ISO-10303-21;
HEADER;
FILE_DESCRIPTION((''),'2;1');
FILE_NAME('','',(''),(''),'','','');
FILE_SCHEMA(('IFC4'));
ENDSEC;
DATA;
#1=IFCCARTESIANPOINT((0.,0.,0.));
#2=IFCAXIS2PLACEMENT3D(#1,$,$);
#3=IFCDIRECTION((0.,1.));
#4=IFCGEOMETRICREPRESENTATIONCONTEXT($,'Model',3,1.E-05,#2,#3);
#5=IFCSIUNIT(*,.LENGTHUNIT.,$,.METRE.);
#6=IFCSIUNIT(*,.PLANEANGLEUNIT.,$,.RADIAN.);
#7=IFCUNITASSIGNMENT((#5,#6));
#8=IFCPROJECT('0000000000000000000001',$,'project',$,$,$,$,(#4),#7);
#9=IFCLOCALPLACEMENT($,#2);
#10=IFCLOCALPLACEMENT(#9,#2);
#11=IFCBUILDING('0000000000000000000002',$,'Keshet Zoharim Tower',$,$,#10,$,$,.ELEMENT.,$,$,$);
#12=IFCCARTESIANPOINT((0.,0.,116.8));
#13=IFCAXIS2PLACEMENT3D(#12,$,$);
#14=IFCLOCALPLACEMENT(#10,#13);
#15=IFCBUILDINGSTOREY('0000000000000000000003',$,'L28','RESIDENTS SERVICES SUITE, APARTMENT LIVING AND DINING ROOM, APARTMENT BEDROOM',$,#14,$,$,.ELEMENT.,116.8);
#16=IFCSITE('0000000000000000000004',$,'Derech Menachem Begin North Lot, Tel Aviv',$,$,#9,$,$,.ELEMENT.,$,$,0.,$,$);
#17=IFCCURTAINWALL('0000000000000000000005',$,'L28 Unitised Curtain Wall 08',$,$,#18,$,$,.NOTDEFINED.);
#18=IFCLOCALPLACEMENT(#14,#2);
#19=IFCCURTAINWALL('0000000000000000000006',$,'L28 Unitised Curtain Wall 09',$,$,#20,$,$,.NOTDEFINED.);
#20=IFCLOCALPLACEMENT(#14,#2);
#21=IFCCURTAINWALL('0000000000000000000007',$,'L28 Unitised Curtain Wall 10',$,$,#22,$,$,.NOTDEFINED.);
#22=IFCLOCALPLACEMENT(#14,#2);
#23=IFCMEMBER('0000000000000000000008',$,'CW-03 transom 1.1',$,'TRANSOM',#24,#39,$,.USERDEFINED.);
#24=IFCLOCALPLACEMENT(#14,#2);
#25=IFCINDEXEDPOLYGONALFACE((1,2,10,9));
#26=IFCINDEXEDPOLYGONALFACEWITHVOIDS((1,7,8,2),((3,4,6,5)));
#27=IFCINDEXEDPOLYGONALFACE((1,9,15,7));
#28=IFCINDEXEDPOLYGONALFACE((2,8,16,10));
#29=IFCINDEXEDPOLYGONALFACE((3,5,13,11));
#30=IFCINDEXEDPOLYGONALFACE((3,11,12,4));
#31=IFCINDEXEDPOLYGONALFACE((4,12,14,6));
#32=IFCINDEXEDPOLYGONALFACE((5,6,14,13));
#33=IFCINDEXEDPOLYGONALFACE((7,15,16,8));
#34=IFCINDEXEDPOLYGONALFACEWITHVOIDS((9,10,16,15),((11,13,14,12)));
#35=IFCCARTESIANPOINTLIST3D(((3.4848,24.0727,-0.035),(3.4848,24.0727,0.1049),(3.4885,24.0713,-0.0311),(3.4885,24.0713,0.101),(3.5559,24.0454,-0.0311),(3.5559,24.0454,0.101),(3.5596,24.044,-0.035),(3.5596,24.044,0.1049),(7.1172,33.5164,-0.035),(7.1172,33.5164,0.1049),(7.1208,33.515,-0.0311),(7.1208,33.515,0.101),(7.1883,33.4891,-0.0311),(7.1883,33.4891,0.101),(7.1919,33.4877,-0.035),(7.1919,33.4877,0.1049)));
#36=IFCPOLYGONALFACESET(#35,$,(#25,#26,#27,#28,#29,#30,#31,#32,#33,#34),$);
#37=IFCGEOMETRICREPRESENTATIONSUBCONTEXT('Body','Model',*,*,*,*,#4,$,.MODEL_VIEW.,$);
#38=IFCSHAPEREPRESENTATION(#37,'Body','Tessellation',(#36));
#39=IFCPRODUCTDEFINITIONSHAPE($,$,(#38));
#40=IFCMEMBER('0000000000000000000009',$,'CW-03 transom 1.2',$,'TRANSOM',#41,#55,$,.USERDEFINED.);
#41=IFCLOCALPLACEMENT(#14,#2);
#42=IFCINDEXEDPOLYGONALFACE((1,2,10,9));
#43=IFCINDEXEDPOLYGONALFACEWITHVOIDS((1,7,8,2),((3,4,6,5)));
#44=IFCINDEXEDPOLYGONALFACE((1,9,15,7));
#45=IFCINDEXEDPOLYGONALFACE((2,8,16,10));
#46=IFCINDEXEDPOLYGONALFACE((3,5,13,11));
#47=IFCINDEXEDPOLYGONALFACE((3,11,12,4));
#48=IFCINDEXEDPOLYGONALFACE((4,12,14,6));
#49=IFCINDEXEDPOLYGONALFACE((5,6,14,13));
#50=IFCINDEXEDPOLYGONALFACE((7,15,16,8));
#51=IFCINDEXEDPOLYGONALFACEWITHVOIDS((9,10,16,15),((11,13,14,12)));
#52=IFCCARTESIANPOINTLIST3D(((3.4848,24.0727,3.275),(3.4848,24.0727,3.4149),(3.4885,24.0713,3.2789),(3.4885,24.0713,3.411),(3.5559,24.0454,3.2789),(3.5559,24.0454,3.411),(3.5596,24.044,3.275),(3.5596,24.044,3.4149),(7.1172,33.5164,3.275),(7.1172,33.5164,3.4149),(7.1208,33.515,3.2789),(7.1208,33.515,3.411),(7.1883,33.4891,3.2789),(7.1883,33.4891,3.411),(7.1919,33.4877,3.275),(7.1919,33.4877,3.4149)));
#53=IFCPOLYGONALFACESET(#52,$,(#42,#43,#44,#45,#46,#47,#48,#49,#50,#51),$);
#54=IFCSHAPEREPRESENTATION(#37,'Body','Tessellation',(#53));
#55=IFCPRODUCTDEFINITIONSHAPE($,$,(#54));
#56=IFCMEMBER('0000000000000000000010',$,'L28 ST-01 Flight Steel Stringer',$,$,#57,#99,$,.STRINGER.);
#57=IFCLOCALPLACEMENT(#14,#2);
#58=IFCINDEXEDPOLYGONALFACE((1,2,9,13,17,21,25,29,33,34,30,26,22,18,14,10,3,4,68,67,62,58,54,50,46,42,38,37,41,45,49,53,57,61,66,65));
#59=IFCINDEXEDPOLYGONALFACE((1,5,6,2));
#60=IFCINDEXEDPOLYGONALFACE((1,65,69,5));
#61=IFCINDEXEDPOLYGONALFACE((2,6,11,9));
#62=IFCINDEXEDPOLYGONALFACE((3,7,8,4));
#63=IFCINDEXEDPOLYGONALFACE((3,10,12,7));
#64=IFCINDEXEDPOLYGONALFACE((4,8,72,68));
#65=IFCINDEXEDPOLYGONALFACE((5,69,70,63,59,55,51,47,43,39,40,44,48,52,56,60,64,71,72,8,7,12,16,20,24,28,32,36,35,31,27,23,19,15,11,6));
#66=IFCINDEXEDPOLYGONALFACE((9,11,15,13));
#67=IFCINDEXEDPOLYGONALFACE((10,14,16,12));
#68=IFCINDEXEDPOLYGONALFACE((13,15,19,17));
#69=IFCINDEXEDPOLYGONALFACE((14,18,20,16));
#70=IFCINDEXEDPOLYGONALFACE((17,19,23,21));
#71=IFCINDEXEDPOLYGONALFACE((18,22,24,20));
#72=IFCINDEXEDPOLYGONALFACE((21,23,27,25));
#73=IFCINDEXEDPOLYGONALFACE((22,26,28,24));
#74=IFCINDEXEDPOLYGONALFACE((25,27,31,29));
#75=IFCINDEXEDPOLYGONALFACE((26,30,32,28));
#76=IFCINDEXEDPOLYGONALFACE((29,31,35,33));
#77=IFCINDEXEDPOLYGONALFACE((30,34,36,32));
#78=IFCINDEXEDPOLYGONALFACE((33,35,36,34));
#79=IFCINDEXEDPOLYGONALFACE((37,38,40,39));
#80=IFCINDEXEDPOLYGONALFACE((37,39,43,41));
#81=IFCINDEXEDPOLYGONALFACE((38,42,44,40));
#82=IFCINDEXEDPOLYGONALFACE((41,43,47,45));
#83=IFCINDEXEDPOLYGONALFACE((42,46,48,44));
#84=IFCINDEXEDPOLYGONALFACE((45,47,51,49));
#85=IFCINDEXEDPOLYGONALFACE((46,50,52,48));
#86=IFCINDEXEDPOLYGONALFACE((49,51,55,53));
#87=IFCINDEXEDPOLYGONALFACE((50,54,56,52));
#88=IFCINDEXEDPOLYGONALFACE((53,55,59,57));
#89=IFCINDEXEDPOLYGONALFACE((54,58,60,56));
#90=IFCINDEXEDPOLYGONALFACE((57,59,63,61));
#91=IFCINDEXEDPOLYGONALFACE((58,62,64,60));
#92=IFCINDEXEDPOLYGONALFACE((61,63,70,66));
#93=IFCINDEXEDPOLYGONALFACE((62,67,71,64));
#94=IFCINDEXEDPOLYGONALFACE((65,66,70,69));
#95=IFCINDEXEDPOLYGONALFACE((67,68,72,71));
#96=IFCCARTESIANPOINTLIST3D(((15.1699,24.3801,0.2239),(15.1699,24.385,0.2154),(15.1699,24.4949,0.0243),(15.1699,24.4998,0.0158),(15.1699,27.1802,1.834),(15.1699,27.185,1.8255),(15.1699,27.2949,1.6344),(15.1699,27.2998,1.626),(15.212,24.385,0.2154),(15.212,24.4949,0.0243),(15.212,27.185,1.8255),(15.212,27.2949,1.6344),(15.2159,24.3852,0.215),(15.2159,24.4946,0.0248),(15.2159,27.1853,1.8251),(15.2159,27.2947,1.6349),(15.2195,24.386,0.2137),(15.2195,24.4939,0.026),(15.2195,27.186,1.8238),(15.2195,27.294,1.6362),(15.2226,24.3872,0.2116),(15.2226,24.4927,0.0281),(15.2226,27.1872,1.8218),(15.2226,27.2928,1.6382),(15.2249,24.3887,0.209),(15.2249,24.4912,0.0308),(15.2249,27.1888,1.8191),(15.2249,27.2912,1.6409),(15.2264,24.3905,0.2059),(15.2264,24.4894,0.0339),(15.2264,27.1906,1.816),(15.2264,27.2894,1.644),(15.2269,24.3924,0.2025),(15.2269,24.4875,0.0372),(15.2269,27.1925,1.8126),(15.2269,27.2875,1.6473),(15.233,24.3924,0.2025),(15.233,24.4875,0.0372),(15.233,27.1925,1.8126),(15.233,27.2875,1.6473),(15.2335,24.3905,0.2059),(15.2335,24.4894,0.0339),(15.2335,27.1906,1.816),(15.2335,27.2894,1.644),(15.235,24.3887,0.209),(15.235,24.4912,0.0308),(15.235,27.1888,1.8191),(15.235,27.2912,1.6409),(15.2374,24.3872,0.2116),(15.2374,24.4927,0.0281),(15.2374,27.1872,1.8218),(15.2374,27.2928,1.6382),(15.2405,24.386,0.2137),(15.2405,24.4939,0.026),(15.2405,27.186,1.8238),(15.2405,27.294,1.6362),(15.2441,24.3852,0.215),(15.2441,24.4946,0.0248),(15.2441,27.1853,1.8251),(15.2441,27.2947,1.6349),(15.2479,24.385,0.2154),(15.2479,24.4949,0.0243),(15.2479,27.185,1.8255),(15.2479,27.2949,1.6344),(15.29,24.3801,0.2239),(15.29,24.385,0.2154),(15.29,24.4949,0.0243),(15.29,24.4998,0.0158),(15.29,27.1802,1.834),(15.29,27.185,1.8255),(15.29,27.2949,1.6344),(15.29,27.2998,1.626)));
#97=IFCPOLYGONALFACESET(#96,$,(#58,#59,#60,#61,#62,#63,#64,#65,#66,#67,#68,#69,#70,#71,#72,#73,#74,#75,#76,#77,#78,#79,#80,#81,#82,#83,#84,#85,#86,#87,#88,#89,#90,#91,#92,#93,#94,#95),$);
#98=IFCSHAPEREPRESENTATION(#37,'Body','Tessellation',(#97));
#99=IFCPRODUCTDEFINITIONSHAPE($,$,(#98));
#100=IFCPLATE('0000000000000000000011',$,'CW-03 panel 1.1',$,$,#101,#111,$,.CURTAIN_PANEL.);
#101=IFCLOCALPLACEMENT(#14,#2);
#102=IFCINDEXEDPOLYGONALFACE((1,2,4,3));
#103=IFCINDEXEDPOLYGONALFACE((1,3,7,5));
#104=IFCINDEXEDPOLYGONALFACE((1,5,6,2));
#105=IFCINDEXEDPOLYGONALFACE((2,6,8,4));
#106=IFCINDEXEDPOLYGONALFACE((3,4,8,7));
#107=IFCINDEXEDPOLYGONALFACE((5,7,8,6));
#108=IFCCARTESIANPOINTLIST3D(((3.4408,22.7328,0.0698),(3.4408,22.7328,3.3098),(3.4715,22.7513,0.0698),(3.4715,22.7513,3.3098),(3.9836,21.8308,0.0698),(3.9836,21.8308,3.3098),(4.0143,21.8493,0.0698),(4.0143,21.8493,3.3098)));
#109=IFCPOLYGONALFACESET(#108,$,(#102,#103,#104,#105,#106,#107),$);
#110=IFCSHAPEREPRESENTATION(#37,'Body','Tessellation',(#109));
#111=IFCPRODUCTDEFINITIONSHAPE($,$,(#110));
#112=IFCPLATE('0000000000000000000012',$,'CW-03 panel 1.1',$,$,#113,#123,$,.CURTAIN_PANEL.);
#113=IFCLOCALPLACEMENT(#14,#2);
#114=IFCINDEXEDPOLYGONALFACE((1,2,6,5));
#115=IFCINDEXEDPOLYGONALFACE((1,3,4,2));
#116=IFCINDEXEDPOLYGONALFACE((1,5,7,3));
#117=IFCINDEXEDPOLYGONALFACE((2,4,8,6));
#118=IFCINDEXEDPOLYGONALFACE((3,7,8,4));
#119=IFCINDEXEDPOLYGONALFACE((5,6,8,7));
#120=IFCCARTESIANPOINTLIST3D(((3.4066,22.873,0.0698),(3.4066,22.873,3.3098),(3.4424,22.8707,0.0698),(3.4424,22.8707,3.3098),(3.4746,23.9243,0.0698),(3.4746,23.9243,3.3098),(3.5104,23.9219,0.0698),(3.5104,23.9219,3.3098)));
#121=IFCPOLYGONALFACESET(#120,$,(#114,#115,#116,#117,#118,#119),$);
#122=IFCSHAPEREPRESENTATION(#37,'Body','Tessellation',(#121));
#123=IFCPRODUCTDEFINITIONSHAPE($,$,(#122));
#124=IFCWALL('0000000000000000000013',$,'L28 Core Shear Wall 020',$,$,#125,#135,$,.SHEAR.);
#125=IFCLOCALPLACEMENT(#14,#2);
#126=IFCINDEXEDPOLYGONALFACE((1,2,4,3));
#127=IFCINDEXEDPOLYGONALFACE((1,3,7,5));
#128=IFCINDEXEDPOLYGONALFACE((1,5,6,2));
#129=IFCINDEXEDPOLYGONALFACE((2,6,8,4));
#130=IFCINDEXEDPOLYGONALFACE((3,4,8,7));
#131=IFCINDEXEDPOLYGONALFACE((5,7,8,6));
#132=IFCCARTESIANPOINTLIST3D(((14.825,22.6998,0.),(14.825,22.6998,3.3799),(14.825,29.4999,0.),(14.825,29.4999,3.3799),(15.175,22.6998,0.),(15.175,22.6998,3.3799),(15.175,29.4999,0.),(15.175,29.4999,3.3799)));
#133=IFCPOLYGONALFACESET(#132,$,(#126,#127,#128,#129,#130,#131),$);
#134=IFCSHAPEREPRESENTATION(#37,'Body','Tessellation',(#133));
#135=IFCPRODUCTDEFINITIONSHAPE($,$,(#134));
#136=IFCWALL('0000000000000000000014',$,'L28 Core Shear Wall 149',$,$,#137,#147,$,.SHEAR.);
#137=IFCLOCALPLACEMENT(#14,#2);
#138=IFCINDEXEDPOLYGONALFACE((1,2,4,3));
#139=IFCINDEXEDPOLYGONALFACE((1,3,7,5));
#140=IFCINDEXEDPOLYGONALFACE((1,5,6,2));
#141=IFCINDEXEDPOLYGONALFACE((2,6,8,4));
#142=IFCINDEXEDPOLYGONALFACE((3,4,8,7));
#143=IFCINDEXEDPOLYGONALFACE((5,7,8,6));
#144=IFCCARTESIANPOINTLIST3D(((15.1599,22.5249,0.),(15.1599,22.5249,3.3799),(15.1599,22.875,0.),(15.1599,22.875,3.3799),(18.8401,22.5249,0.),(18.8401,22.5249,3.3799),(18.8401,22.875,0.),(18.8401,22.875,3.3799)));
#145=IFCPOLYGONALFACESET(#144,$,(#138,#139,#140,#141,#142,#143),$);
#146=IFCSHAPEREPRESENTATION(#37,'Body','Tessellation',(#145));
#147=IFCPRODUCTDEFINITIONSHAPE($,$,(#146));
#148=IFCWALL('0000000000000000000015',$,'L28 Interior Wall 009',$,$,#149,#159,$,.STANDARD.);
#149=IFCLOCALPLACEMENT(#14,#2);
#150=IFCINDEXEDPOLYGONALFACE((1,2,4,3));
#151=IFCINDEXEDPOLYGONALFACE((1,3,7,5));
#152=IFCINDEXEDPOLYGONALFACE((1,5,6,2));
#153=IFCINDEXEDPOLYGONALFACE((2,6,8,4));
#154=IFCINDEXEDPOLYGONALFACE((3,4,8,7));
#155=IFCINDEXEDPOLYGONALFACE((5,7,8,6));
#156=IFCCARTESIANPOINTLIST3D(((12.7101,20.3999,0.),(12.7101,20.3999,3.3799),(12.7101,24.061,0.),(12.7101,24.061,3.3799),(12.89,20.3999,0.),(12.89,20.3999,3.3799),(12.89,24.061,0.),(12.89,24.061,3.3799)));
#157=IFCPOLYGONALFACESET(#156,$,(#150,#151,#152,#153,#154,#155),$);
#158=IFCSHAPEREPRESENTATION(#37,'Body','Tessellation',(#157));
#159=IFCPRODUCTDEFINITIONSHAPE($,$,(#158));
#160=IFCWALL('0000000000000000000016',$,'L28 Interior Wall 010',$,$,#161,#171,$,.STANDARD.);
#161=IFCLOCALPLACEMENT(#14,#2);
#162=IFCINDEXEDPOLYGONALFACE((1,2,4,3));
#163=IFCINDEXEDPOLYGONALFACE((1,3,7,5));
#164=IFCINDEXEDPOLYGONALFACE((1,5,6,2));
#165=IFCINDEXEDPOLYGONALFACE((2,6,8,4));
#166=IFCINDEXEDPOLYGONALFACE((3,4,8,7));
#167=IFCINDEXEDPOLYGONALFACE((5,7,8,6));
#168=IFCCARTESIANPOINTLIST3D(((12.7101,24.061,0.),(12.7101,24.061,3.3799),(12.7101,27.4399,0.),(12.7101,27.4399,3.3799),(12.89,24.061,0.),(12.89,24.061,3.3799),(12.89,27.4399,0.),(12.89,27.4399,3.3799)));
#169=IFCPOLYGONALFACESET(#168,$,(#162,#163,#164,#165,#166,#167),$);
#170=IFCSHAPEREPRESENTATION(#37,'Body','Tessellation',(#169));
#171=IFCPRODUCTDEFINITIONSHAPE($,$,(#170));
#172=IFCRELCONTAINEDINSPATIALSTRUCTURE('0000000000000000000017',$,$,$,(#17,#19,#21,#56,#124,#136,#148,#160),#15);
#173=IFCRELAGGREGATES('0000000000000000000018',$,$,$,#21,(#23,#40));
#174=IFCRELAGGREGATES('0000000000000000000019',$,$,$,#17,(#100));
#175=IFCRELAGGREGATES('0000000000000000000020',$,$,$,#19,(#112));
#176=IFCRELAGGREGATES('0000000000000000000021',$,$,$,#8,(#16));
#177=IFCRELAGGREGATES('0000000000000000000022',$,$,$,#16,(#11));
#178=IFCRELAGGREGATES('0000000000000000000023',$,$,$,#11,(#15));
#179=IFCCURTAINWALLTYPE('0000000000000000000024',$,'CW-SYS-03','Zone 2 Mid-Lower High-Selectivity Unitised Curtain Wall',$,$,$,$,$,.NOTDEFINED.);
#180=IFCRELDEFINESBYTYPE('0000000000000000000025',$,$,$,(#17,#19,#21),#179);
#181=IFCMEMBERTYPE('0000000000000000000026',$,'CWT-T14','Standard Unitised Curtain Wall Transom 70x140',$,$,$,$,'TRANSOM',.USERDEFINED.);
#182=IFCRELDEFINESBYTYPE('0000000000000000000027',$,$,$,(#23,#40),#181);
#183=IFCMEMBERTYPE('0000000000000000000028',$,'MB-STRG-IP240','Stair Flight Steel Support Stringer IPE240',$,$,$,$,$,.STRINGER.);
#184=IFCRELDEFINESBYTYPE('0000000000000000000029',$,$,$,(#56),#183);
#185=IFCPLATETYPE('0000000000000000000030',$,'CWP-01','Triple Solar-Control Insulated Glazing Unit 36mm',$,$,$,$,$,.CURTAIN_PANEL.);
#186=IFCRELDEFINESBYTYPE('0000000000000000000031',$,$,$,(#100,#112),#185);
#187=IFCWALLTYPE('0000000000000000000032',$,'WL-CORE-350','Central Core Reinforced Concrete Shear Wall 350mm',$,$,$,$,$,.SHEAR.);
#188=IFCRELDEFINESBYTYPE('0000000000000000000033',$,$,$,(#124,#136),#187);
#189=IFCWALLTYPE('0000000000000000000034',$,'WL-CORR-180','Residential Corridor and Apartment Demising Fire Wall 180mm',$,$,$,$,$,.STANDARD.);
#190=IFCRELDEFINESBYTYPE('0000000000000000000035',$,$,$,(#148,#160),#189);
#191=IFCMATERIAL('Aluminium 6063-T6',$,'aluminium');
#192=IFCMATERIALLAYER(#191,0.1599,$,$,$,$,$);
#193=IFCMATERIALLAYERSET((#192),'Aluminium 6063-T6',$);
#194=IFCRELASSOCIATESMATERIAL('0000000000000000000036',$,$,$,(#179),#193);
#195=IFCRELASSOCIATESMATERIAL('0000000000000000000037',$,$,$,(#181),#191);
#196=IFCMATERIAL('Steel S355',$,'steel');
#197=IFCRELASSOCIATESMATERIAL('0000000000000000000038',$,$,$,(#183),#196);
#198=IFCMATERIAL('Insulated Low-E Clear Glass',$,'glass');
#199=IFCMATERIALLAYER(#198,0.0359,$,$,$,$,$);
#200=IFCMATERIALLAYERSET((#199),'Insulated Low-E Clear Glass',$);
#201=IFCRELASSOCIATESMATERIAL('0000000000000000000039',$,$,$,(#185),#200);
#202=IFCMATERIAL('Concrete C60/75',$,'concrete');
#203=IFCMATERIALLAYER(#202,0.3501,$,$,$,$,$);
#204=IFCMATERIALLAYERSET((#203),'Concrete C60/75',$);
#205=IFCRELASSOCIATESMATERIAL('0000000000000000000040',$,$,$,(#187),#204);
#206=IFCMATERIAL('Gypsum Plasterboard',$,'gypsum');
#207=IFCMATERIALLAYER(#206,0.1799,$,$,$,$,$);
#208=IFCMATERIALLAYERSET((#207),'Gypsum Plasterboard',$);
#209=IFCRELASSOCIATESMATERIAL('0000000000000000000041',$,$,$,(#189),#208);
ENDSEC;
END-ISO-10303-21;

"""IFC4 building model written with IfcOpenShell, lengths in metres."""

from ifc_helpers import new_model, si_unit, direction, frame, frame_2d, origin, origin_2d, place, context, subcontext, project, spatial, rectangle, hollow_rectangle, i_section, extrude, material, layer, layer_set, material_profile, profile_set, type_object, element, aggregate, save


model = new_model("IFC4")

# Units and contexts
model_context = context("Model", 3, precision=1e-05, world=origin(), true_north=direction((0.0, 1.0)))
body_context = subcontext(model_context, "Body", "Model", "MODEL_VIEW")
ifc_project = project(units=[si_unit("LENGTHUNIT", "METRE"), si_unit("PLANEANGLEUNIT", "RADIAN")], contexts=[model_context])

# Site, building, storey
site_placement = place(None, origin())
site = spatial("IfcSite", under=ifc_project, at=site_placement, Name="Derech Menachem Begin North Lot, Tel Aviv", CompositionType="ELEMENT", RefElevation=0.0)
building_placement = place(site_placement, origin())
building = spatial("IfcBuilding", under=site, at=building_placement, Name="Keshet Zoharim Tower", CompositionType="ELEMENT")
storey_placement = place(building_placement, frame((0.0, 0.0, 116.8)))
storey = spatial("IfcBuildingStorey", under=building, at=storey_placement, Name="L28", Description="RESIDENTS SERVICES SUITE, APARTMENT LIVING AND DINING ROOM, APARTMENT BEDROOM", CompositionType="ELEMENT", Elevation=116.8)

# Shared definitions
ifc_material_1 = material(Name="Concrete C60/75", Category="concrete")

# Shared definitions
ifc_material_2 = material(Name="Aluminium 6063-T6", Category="aluminium")
ifc_layer_1 = layer(ifc_material_2, 0.1599)
ifc_layer_set_1 = layer_set([ifc_layer_1], Name="Aluminium 6063-T6")
curtain_wall_type = type_object("IfcCurtainWallType", Name="CW-SYS-03", Description="Zone 2 Mid-Lower High-Selectivity Unitised Curtain Wall", PredefinedType="NOTDEFINED", material=ifc_layer_set_1)

# Curtain walls
curtain_wall_1_placement = place(storey_placement, origin())
curtain_wall_1 = element("IfcCurtainWall", 1, at=curtain_wall_1_placement, inside=storey, type_object=curtain_wall_type, Name="L28 Unitised Curtain Wall 08", PredefinedType="NOTDEFINED")
curtain_wall_2_placement = place(storey_placement, origin())
curtain_wall_2 = element("IfcCurtainWall", 2, at=curtain_wall_2_placement, inside=storey, type_object=curtain_wall_type, Name="L28 Unitised Curtain Wall 09", PredefinedType="NOTDEFINED")

# Curtain wall
curtain_wall_3_placement = place(storey_placement, origin())
curtain_wall_3 = element("IfcCurtainWall", 3, at=curtain_wall_3_placement, inside=storey, type_object=curtain_wall_type, Name="L28 Unitised Curtain Wall 10", PredefinedType="NOTDEFINED")

# Members
ifc_material_profile_1 = material_profile(ifc_material_2, hollow_rectangle(XDim=0.0801, YDim=0.1399, WallThickness=0.0039, at=origin_2d()), Name="TRN-80x140")
ifc_profile_set_1 = profile_set([ifc_material_profile_1], Name="Aluminium 6063-T6")
member_type_1 = type_object("IfcMemberType", Name="CWT-T14", Description="Standard Unitised Curtain Wall Transom 70x140", ElementType="TRANSOM", PredefinedType="USERDEFINED", material=ifc_profile_set_1)
member_1_placement = place(storey_placement, frame((3.5222, 24.0583, 0.0349), z_axis=(0.358994, 0.93334, 0.0), x_axis=(-0.93334, 0.358994, 0.0)))
member_1 = element("IfcMember", 4, at=member_1_placement, type_object=member_type_1, Name="CW-03 transom 1.1", ObjectType="TRANSOM", PredefinedType="USERDEFINED", context=body_context, shape_type="SweptSolid", body=[
    extrude(hollow_rectangle(XDim=0.0801, YDim=0.1399, WallThickness=0.0039, at=origin_2d()), origin(), (0.0, 0.0, 1.0), 10.1182),
])
member_2_placement = place(storey_placement, frame((3.5222, 24.0583, 3.345), z_axis=(0.358994, 0.93334, 0.0), x_axis=(-0.93334, 0.358994, 0.0)))
member_2 = element("IfcMember", 5, at=member_2_placement, type_object=member_type_1, Name="CW-03 transom 1.2", ObjectType="TRANSOM", PredefinedType="USERDEFINED", context=body_context, shape_type="SweptSolid", body=[
    extrude(hollow_rectangle(XDim=0.0801, YDim=0.1399, WallThickness=0.0039, at=origin_2d()), origin(), (0.0, 0.0, 1.0), 10.1182),
])
aggregate(curtain_wall_3, [member_1, member_2])
ifc_material_3 = material(Name="Steel S355", Category="steel")
ifc_material_profile_2 = material_profile(ifc_material_3, i_section(OverallWidth=0.1201, OverallDepth=0.24, WebThickness=0.0061, FlangeThickness=0.0098, FilletRadius=0.0149, at=origin_2d()), Name="IPE240")
ifc_profile_set_2 = profile_set([ifc_material_profile_2], Name="Steel S355")
member_type_2 = type_object("IfcMemberType", Name="MB-STRG-IP240", Description="Stair Flight Steel Support Stringer IPE240", PredefinedType="STRINGER", material=ifc_profile_set_2)
member_3_placement = place(storey_placement, frame((15.23, 24.4399, 0.1199), z_axis=(0.0, 0.866896, 0.49849), x_axis=(-1.0, 0.0, 0.0)))
element("IfcMember", 6, at=member_3_placement, inside=storey, type_object=member_type_2, Name="L28 ST-01 Flight Steel Stringer", PredefinedType="STRINGER", context=body_context, shape_type="SweptSolid", body=[
    extrude(i_section(OverallWidth=0.1201, OverallDepth=0.24, WebThickness=0.0061, FlangeThickness=0.0098, FilletRadius=0.0149, at=origin_2d()), origin(), (0.0, 0.0, 1.0), 3.23),
])

# Plates
ifc_material_4 = material(Name="Insulated Low-E Clear Glass", Category="glass")
ifc_layer_2 = layer(ifc_material_4, 0.0359)
ifc_layer_set_2 = layer_set([ifc_layer_2], Name="Insulated Low-E Clear Glass")
plate_type = type_object("IfcPlateType", Name="CWP-01", Description="Triple Solar-Control Insulated Glazing Unit 36mm", PredefinedType="CURTAIN_PANEL", material=ifc_layer_set_2)
plate_1_placement = place(storey_placement, frame((3.7275, 22.291, 0.0698), z_axis=(0.0, 0.0, 1.0), x_axis=(-0.515605, 0.856826, 0.0)))
plate_1 = element("IfcPlate", 7, at=plate_1_placement, type_object=plate_type, Name="CW-03 panel 1.1", PredefinedType="CURTAIN_PANEL", context=body_context, shape_type="SweptSolid", body=[
    extrude(rectangle(XDim=1.0527, YDim=0.0359, at=origin_2d()), origin(), (0.0, 0.0, 1.0), 3.24),
])
aggregate(curtain_wall_1, [plate_1])
plate_2_placement = place(storey_placement, frame((3.4585, 23.3975, 0.0698), z_axis=(0.0, 0.0, 1.0), x_axis=(0.064517, 0.997917, 0.0)))
plate_2 = element("IfcPlate", 8, at=plate_2_placement, type_object=plate_type, Name="CW-03 panel 1.1", PredefinedType="CURTAIN_PANEL", context=body_context, shape_type="SweptSolid", body=[
    extrude(rectangle(XDim=1.0535, YDim=0.0359, at=origin_2d()), origin(), (0.0, 0.0, 1.0), 3.24),
])
aggregate(curtain_wall_2, [plate_2])

# Walls
ifc_layer_3 = layer(ifc_material_1, 0.3501)
ifc_layer_set_3 = layer_set([ifc_layer_3], Name="Concrete C60/75")
wall_type_1 = type_object("IfcWallType", Name="WL-CORE-350", Description="Central Core Reinforced Concrete Shear Wall 350mm", PredefinedType="SHEAR", material=ifc_layer_set_3)
wall_1_placement = place(storey_placement, frame((15.0, 22.7, 0.0), z_axis=(0.0, 0.0, 1.0), x_axis=(0.0, 1.0, 0.0)))
element("IfcWall", 9, at=wall_1_placement, inside=storey, type_object=wall_type_1, Name="L28 Core Shear Wall 020", PredefinedType="SHEAR", context=body_context, shape_type="SweptSolid", body=[
    extrude(rectangle(XDim=6.8, YDim=0.3501, at=frame_2d((3.3999, 0.0))), origin(), (0.0, 0.0, 1.0), 3.3799),
])
wall_2_placement = place(storey_placement, frame((15.1599, 22.7, 0.0), z_axis=(0.0, 0.0, 1.0), x_axis=(1.0, 0.0, 0.0)))
element("IfcWall", 10, at=wall_2_placement, inside=storey, type_object=wall_type_1, Name="L28 Core Shear Wall 149", PredefinedType="SHEAR", context=body_context, shape_type="SweptSolid", body=[
    extrude(rectangle(XDim=3.6802, YDim=0.3501, at=frame_2d((1.8401, 0.0))), origin(), (0.0, 0.0, 1.0), 3.3799),
])
ifc_material_5 = material(Name="Gypsum Plasterboard", Category="gypsum")
ifc_layer_4 = layer(ifc_material_5, 0.1799)
ifc_layer_set_4 = layer_set([ifc_layer_4], Name="Gypsum Plasterboard")
wall_type_2 = type_object("IfcWallType", Name="WL-CORR-180", Description="Residential Corridor and Apartment Demising Fire Wall 180mm", PredefinedType="STANDARD", material=ifc_layer_set_4)
wall_3_placement = place(storey_placement, frame((12.8, 20.3999, 0.0), z_axis=(0.0, 0.0, 1.0), x_axis=(0.0, 1.0, 0.0)))
element("IfcWall", 11, at=wall_3_placement, inside=storey, type_object=wall_type_2, Name="L28 Interior Wall 009", PredefinedType="STANDARD", context=body_context, shape_type="SweptSolid", body=[
    extrude(rectangle(XDim=3.6611, YDim=0.1799, at=frame_2d((1.8306, 0.0))), origin(), (0.0, 0.0, 1.0), 3.3799),
])
wall_4_placement = place(storey_placement, frame((12.8, 24.061, 0.0), z_axis=(0.0, 0.0, 1.0), x_axis=(0.0, 1.0, 0.0)))
element("IfcWall", 12, at=wall_4_placement, inside=storey, type_object=wall_type_2, Name="L28 Interior Wall 010", PredefinedType="STANDARD", context=body_context, shape_type="SweptSolid", body=[
    extrude(rectangle(XDim=3.3789, YDim=0.1799, at=frame_2d((1.6895, 0.0))), origin(), (0.0, 0.0, 1.0), 3.3799),
])

save(model, "model.ifc")
